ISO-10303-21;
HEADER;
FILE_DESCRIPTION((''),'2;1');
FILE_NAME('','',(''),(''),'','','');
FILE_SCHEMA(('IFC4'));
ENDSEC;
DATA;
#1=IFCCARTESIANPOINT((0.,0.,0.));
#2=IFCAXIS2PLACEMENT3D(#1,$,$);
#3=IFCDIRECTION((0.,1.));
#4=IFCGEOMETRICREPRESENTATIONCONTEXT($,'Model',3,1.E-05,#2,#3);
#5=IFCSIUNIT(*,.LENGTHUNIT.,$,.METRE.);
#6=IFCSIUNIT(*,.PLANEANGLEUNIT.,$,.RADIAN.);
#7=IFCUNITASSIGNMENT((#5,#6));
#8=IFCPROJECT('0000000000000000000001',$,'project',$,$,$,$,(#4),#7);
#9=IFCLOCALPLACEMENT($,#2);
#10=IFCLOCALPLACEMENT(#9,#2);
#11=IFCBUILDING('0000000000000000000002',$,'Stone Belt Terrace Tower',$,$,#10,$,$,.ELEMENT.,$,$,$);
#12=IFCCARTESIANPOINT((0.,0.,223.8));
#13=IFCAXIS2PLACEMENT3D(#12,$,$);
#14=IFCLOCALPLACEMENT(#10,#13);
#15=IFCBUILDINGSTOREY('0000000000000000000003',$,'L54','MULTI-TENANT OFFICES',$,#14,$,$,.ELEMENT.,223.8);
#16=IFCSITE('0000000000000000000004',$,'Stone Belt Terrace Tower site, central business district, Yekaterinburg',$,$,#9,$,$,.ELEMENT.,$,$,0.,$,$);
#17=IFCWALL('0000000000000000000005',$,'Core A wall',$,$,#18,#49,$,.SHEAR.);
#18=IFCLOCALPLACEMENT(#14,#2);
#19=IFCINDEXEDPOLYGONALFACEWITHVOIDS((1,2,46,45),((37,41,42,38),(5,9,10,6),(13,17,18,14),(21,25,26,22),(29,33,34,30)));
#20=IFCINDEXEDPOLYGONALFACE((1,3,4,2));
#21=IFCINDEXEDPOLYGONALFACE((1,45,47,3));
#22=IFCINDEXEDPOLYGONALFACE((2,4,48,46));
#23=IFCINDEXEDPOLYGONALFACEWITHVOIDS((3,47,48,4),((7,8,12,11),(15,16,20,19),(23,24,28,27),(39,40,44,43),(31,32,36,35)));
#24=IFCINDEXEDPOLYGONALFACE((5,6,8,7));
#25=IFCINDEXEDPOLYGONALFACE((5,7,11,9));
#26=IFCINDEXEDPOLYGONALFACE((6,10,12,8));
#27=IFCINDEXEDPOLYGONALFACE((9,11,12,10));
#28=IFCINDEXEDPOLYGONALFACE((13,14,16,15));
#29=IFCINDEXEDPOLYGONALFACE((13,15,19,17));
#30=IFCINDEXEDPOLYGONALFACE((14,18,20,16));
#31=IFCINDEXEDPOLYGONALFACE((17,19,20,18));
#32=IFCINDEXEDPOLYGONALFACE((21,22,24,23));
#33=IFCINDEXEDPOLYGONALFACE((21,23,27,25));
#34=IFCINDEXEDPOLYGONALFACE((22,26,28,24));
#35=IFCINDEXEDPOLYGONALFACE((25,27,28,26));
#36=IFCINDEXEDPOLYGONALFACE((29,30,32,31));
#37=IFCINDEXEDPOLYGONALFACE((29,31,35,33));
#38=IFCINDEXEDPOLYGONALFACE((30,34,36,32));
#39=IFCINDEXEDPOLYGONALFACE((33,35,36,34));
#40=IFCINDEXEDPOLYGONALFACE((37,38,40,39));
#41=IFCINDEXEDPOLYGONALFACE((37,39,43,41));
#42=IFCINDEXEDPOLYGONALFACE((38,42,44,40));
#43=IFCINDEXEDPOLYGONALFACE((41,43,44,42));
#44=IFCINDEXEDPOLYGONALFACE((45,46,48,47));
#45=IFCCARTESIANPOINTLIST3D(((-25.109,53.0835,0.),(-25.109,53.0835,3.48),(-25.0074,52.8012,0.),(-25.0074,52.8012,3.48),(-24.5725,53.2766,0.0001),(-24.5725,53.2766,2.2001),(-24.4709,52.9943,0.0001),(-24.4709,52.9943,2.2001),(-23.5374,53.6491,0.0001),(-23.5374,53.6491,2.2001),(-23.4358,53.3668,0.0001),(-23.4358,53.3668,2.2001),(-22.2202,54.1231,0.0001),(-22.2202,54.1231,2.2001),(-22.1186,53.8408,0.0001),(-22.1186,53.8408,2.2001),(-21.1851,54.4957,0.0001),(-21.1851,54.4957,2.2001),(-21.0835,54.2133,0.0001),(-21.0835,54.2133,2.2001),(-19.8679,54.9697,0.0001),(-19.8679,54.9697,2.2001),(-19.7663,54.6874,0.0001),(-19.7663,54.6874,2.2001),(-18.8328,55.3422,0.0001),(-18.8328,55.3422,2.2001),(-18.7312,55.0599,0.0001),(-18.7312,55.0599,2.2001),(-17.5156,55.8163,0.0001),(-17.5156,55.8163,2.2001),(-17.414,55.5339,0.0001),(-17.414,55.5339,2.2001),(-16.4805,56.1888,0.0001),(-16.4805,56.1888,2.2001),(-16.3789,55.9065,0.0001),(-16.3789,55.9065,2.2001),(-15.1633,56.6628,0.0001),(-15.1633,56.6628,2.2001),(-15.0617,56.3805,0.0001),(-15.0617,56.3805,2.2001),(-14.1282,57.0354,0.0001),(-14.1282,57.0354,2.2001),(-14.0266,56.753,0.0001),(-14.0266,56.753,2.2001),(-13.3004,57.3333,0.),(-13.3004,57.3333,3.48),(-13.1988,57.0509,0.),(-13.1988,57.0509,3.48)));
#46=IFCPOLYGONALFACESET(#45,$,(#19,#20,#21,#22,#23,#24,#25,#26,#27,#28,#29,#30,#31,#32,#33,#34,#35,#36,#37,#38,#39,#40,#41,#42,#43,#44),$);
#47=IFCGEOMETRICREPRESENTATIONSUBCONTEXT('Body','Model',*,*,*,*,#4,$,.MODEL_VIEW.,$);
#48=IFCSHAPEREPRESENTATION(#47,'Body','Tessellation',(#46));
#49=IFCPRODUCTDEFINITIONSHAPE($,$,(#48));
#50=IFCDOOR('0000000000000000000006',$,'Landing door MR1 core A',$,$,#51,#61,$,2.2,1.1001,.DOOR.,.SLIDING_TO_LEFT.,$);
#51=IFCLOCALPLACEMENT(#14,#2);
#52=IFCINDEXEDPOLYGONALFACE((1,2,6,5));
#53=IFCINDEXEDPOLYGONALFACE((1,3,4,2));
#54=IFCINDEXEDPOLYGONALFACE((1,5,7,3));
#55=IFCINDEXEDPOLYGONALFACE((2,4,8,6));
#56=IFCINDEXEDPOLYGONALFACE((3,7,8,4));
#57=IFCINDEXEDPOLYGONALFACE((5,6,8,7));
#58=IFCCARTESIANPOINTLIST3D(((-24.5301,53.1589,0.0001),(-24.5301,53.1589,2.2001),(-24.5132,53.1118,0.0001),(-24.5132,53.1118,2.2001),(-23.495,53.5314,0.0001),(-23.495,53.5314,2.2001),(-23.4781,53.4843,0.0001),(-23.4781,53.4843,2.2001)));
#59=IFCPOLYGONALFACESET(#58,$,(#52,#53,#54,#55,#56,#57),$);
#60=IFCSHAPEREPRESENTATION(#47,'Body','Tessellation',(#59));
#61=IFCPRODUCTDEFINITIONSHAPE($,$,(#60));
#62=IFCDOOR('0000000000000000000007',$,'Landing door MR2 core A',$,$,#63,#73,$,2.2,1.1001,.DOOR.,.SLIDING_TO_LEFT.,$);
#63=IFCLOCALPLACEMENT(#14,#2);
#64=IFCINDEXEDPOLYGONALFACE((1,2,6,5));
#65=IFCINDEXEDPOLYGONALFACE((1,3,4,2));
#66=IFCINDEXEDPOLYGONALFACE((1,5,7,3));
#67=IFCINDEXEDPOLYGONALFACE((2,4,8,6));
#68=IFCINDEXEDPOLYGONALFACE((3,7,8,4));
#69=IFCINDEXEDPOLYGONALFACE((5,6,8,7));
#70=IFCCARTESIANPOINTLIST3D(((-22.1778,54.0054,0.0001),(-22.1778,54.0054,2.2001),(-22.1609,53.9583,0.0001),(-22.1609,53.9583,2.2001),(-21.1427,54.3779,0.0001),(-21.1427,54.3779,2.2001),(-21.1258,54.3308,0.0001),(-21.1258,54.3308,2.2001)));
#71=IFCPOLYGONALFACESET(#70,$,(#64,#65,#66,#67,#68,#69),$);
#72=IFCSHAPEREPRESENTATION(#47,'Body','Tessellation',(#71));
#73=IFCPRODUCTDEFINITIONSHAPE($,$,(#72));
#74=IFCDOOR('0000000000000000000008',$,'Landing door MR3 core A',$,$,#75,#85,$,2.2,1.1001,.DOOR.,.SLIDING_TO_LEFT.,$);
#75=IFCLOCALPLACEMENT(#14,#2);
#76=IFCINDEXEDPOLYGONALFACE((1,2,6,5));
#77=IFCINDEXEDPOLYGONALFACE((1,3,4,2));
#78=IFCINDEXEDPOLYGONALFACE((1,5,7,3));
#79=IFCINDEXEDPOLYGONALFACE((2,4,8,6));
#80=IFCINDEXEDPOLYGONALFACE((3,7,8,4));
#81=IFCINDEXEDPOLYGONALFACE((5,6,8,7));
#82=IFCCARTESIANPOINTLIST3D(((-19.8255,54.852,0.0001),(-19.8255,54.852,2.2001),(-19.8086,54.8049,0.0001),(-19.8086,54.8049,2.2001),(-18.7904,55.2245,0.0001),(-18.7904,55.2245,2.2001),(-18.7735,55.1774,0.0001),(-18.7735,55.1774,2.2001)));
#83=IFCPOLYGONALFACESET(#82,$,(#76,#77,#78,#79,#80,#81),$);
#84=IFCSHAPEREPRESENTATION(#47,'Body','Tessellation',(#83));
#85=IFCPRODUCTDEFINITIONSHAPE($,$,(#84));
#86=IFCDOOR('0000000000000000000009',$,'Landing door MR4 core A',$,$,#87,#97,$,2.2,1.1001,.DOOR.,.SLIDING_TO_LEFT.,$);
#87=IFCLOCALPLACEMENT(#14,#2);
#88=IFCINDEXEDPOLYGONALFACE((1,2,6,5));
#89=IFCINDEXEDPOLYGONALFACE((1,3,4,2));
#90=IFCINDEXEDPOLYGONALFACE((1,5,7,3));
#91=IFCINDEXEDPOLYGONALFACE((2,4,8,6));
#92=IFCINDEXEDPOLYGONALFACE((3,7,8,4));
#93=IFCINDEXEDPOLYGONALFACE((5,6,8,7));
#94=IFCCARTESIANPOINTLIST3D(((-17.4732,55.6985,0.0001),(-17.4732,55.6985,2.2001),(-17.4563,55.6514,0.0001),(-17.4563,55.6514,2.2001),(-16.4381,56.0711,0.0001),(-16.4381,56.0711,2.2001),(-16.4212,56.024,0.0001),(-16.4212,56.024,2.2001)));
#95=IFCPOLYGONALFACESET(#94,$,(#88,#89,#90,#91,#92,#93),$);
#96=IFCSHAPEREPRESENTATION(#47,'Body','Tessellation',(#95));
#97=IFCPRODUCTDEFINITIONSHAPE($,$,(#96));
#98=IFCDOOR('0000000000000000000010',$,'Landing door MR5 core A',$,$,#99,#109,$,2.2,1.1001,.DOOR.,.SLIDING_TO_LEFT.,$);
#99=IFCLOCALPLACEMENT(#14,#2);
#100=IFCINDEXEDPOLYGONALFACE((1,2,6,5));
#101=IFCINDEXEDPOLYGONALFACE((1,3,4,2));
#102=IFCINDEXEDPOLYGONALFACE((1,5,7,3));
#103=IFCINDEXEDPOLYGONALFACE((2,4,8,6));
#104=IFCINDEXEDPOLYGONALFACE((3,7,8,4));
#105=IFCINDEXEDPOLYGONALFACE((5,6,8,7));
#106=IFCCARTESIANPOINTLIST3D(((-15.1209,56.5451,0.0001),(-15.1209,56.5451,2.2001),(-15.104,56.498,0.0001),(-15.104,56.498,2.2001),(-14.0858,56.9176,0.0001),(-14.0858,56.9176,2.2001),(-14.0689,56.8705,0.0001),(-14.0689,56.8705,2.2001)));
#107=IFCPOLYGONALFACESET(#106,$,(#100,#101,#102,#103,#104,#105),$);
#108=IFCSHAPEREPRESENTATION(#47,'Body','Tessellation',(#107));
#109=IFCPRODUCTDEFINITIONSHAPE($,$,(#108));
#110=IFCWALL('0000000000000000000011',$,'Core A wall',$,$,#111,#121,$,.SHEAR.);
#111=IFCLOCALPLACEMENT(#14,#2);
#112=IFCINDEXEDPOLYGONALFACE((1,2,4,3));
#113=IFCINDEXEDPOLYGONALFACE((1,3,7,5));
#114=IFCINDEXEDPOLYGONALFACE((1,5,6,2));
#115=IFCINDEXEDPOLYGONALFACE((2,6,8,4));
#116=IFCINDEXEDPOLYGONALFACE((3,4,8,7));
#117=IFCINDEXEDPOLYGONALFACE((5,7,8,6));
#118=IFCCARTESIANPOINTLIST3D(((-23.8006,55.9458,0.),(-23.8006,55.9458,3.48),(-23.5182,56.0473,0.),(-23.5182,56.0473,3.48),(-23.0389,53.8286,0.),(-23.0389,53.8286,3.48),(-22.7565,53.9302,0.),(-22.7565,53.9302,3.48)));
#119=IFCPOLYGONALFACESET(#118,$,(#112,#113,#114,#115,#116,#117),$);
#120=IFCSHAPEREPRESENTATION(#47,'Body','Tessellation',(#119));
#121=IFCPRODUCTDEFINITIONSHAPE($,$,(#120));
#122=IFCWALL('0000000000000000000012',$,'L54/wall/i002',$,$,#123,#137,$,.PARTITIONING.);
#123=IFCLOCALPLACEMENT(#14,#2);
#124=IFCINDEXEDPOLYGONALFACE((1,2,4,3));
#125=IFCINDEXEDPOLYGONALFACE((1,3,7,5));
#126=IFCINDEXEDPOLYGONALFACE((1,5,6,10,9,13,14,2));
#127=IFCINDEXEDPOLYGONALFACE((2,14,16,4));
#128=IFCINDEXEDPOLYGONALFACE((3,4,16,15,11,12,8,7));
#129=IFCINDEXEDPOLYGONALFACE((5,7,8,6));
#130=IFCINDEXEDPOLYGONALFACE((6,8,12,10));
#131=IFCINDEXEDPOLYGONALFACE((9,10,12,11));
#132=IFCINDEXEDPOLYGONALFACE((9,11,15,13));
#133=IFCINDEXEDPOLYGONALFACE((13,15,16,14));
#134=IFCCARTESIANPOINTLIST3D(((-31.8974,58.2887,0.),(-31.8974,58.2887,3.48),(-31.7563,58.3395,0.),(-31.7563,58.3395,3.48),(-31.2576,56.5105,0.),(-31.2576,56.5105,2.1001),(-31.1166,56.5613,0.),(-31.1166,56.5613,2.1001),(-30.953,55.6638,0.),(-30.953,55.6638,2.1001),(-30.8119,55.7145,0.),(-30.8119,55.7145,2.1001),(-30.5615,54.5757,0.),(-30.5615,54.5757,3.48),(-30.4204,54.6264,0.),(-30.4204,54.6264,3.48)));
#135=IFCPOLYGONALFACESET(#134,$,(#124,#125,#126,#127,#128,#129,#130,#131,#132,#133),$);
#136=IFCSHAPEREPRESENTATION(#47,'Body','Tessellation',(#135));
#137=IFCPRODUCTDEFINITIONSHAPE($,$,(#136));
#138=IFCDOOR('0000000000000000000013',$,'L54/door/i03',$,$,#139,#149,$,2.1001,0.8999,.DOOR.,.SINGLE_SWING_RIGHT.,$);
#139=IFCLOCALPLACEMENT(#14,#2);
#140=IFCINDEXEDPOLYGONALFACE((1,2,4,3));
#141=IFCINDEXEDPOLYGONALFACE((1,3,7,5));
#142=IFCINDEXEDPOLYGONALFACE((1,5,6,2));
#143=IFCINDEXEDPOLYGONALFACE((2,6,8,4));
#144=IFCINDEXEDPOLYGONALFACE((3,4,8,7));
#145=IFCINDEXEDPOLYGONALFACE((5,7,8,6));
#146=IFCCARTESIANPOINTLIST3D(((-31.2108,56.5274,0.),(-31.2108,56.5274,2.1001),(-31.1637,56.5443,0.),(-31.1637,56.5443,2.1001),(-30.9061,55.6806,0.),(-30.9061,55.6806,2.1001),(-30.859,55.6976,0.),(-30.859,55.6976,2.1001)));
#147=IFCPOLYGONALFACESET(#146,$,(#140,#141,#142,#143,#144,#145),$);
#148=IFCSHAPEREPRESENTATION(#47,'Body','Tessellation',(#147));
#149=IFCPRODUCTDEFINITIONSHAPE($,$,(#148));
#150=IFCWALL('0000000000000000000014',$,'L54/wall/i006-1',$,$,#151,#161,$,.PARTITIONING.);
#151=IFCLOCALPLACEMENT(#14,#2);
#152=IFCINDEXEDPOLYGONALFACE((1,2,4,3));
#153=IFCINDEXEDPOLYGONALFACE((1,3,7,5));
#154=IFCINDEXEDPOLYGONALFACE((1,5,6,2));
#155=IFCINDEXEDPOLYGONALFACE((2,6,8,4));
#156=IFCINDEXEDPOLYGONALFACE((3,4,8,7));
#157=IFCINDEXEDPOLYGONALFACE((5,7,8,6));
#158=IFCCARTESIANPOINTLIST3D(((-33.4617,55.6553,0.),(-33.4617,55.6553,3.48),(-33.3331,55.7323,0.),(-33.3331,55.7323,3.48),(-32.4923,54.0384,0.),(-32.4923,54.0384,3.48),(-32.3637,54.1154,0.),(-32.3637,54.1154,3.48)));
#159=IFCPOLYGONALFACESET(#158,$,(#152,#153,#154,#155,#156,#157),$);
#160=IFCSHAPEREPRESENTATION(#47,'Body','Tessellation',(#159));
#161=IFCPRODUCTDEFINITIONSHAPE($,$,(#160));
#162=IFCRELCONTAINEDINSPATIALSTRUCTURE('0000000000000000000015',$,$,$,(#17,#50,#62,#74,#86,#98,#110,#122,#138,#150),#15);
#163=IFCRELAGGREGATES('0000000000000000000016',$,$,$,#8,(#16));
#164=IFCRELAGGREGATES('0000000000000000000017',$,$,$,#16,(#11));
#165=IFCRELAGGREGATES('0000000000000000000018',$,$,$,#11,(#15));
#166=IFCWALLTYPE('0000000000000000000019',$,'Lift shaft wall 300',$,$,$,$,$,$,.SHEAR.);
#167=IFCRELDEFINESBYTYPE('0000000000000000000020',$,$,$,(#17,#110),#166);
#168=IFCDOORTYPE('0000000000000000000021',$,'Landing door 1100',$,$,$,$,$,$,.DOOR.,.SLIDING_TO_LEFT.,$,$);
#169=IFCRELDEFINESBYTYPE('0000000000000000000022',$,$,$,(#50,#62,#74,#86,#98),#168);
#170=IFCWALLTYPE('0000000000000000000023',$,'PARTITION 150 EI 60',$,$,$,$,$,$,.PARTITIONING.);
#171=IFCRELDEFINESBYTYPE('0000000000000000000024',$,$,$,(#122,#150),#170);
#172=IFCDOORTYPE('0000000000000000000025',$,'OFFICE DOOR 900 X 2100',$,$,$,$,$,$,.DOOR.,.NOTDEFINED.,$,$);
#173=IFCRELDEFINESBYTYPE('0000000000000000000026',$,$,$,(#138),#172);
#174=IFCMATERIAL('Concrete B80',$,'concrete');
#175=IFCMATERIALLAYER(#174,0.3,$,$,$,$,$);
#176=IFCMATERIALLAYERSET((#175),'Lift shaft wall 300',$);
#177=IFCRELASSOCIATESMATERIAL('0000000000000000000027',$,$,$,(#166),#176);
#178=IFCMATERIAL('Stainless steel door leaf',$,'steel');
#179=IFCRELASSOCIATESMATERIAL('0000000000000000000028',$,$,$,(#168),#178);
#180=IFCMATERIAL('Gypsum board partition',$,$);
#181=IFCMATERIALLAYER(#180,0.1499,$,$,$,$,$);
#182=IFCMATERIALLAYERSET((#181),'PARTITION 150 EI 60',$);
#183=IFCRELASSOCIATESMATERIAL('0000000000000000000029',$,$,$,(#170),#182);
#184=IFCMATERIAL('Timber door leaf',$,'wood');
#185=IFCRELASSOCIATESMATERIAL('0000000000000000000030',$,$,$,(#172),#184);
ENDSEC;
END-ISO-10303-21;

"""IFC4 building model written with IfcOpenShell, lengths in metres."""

from ifc_helpers import new_model, si_unit, direction, frame, frame_2d, origin, place, context, subcontext, project, spatial, rectangle, extrude, material, layer, layer_set, type_object, element, fill, save


model = new_model("IFC4")

# Units and contexts
model_context = context("Model", 3, precision=1e-05, world=origin(), true_north=direction((0.0, 1.0)))
body_context = subcontext(model_context, "Body", "Model", "MODEL_VIEW")
ifc_project = project(units=[si_unit("LENGTHUNIT", "METRE"), si_unit("PLANEANGLEUNIT", "RADIAN")], contexts=[model_context])

# Site, building, storey
site_placement = place(None, origin())
site = spatial("IfcSite", under=ifc_project, at=site_placement, Name="Stone Belt Terrace Tower site, central business district, Yekaterinburg", CompositionType="ELEMENT", RefElevation=0.0)
building_placement = place(site_placement, origin())
building = spatial("IfcBuilding", under=site, at=building_placement, Name="Stone Belt Terrace Tower", CompositionType="ELEMENT")
storey_placement = place(building_placement, frame((0.0, 0.0, 223.8)))
storey = spatial("IfcBuildingStorey", under=building, at=storey_placement, Name="L54", Description="MULTI-TENANT OFFICES", CompositionType="ELEMENT", Elevation=223.8)

# Shared definitions
ifc_material_1 = material(Name="Timber door leaf", Category="wood")

# Shared definitions
ifc_material_2 = material(Name="Concrete B80", Category="concrete")
ifc_layer_1 = layer(ifc_material_2, 0.3)
ifc_layer_set_1 = layer_set([ifc_layer_1], Name="Lift shaft wall 300")
wall_type_1 = type_object("IfcWallType", Name="Lift shaft wall 300", PredefinedType="SHEAR", material=ifc_layer_set_1)
ifc_material_3 = material(Name="Stainless steel door leaf", Category="steel")

# Wall, openings, doors
wall_1_placement = place(storey_placement, frame((-25.0581, 52.9424, 0.0), z_axis=(0.0, 0.0, 1.0), x_axis=(0.940921, 0.338625, 0.0)))
wall_1 = element("IfcWall", 1, at=wall_1_placement, inside=storey, type_object=wall_type_1, Name="Core A wall", PredefinedType="SHEAR", context=body_context, shape_type="SweptSolid", body=[
    extrude(rectangle(XDim=12.55, YDim=0.3, at=frame_2d((6.2749, 0.0))), origin(), (0.0, 0.0, 1.0), 3.48),
])
opening_1_placement = place(wall_1_placement, frame((0.5701, 0.0, 0.0)))
opening_1 = element("IfcOpeningElement", 2, at=opening_1_placement, cuts=wall_1, PredefinedType="OPENING", context=body_context, shape_type="SweptSolid", body=[
    extrude(rectangle(XDim=1.1001, YDim=2.2, at=frame_2d((0.55, 1.1001))), frame((0.0, 0.1599, 0.0), z_axis=(0.0, -1.0, 0.0), x_axis=(1.0, 0.0, 0.0)), (0.0, 0.0, 1.0), 0.3201),
])
opening_2_placement = place(wall_1_placement, frame((3.0701, 0.0, 0.0)))
opening_2 = element("IfcOpeningElement", 3, at=opening_2_placement, cuts=wall_1, PredefinedType="OPENING", context=body_context, shape_type="SweptSolid", body=[
    extrude(rectangle(XDim=1.1001, YDim=2.2, at=frame_2d((0.55, 1.1001))), frame((0.0, 0.1599, 0.0), z_axis=(0.0, -1.0, 0.0), x_axis=(1.0, 0.0, 0.0)), (0.0, 0.0, 1.0), 0.3201),
])
opening_3_placement = place(wall_1_placement, frame((5.5701, 0.0, 0.0)))
opening_3 = element("IfcOpeningElement", 4, at=opening_3_placement, cuts=wall_1, PredefinedType="OPENING", context=body_context, shape_type="SweptSolid", body=[
    extrude(rectangle(XDim=1.1001, YDim=2.2, at=frame_2d((0.55, 1.1001))), frame((0.0, 0.1599, 0.0), z_axis=(0.0, -1.0, 0.0), x_axis=(1.0, 0.0, 0.0)), (0.0, 0.0, 1.0), 0.3201),
])
opening_4_placement = place(wall_1_placement, frame((8.0701, 0.0, 0.0)))
opening_4 = element("IfcOpeningElement", 5, at=opening_4_placement, cuts=wall_1, PredefinedType="OPENING", context=body_context, shape_type="SweptSolid", body=[
    extrude(rectangle(XDim=1.1001, YDim=2.2, at=frame_2d((0.55, 1.1001))), frame((0.0, 0.1599, 0.0), z_axis=(0.0, -1.0, 0.0), x_axis=(1.0, 0.0, 0.0)), (0.0, 0.0, 1.0), 0.3201),
])
opening_5_placement = place(wall_1_placement, frame((10.5701, 0.0, 0.0)))
opening_5 = element("IfcOpeningElement", 6, at=opening_5_placement, cuts=wall_1, PredefinedType="OPENING", context=body_context, shape_type="SweptSolid", body=[
    extrude(rectangle(XDim=1.1001, YDim=2.2, at=frame_2d((0.55, 1.1001))), frame((0.0, 0.1599, 0.0), z_axis=(0.0, -1.0, 0.0), x_axis=(1.0, 0.0, 0.0)), (0.0, 0.0, 1.0), 0.3201),
])
door_type_1 = type_object("IfcDoorType", Name="Landing door 1100", OperationType="SLIDING_TO_LEFT", PredefinedType="DOOR", material=ifc_material_3)
door_1_placement = place(opening_1_placement, origin())
door_1 = element("IfcDoor", 7, at=door_1_placement, inside=storey, type_object=door_type_1, Name="Landing door MR1 core A", OperationType="SLIDING_TO_LEFT", OverallHeight=2.2, OverallWidth=1.1001, PredefinedType="DOOR", context=body_context, shape_type="SweptSolid", body=[
    extrude(rectangle(XDim=1.1001, YDim=2.2, at=frame_2d((0.55, 1.1001))), frame((0.0, 0.0249, 0.0), z_axis=(0.0, -1.0, 0.0), x_axis=(1.0, 0.0, 0.0)), (0.0, 0.0, 1.0), 0.05),
])
fill(opening_1, door_1)
door_2_placement = place(opening_2_placement, origin())
door_2 = element("IfcDoor", 8, at=door_2_placement, inside=storey, type_object=door_type_1, Name="Landing door MR2 core A", OperationType="SLIDING_TO_LEFT", OverallHeight=2.2, OverallWidth=1.1001, PredefinedType="DOOR", context=body_context, shape_type="SweptSolid", body=[
    extrude(rectangle(XDim=1.1001, YDim=2.2, at=frame_2d((0.55, 1.1001))), frame((0.0, 0.0249, 0.0), z_axis=(0.0, -1.0, 0.0), x_axis=(1.0, 0.0, 0.0)), (0.0, 0.0, 1.0), 0.05),
])
fill(opening_2, door_2)
door_3_placement = place(opening_3_placement, origin())
door_3 = element("IfcDoor", 9, at=door_3_placement, inside=storey, type_object=door_type_1, Name="Landing door MR3 core A", OperationType="SLIDING_TO_LEFT", OverallHeight=2.2, OverallWidth=1.1001, PredefinedType="DOOR", context=body_context, shape_type="SweptSolid", body=[
    extrude(rectangle(XDim=1.1001, YDim=2.2, at=frame_2d((0.55, 1.1001))), frame((0.0, 0.0249, 0.0), z_axis=(0.0, -1.0, 0.0), x_axis=(1.0, 0.0, 0.0)), (0.0, 0.0, 1.0), 0.05),
])
fill(opening_3, door_3)
door_4_placement = place(opening_4_placement, origin())
door_4 = element("IfcDoor", 10, at=door_4_placement, inside=storey, type_object=door_type_1, Name="Landing door MR4 core A", OperationType="SLIDING_TO_LEFT", OverallHeight=2.2, OverallWidth=1.1001, PredefinedType="DOOR", context=body_context, shape_type="SweptSolid", body=[
    extrude(rectangle(XDim=1.1001, YDim=2.2, at=frame_2d((0.55, 1.1001))), frame((0.0, 0.0249, 0.0), z_axis=(0.0, -1.0, 0.0), x_axis=(1.0, 0.0, 0.0)), (0.0, 0.0, 1.0), 0.05),
])
fill(opening_4, door_4)
door_5_placement = place(opening_5_placement, origin())
door_5 = element("IfcDoor", 11, at=door_5_placement, inside=storey, type_object=door_type_1, Name="Landing door MR5 core A", OperationType="SLIDING_TO_LEFT", OverallHeight=2.2, OverallWidth=1.1001, PredefinedType="DOOR", context=body_context, shape_type="SweptSolid", body=[
    extrude(rectangle(XDim=1.1001, YDim=2.2, at=frame_2d((0.55, 1.1001))), frame((0.0, 0.0249, 0.0), z_axis=(0.0, -1.0, 0.0), x_axis=(1.0, 0.0, 0.0)), (0.0, 0.0, 1.0), 0.05),
])
fill(opening_5, door_5)

# Wall
wall_2_placement = place(storey_placement, frame((-22.8977, 53.8794, 0.0), z_axis=(0.0, 0.0, 1.0), x_axis=(-0.338535, 0.940954, 0.0)))
element("IfcWall", 12, at=wall_2_placement, inside=storey, type_object=wall_type_1, Name="Core A wall", PredefinedType="SHEAR", context=body_context, shape_type="SweptSolid", body=[
    extrude(rectangle(XDim=2.25, YDim=0.3, at=frame_2d((1.125, 0.0))), origin(), (0.0, 0.0, 1.0), 3.48),
])

# Wall, opening, door
ifc_material_4 = material(Name="Gypsum board partition")
ifc_layer_2 = layer(ifc_material_4, 0.1499)
ifc_layer_set_2 = layer_set([ifc_layer_2], Name="PARTITION 150 EI 60")
wall_type_2 = type_object("IfcWallType", Name="PARTITION 150 EI 60", PredefinedType="PARTITIONING", material=ifc_layer_set_2)
wall_3_placement = place(storey_placement, frame((-31.8269, 58.3142, 0.0), z_axis=(0.0, 0.0, 1.0), x_axis=(0.338542, -0.940951, 0.0)))
wall_3 = element("IfcWall", 13, at=wall_3_placement, inside=storey, type_object=wall_type_2, Name="L54/wall/i002", PredefinedType="PARTITIONING", context=body_context, shape_type="SweptSolid", body=[
    extrude(rectangle(XDim=3.946, YDim=0.1499, at=frame_2d((1.9731, 0.0))), origin(), (0.0, 0.0, 1.0), 3.48),
])
opening_6_placement = place(wall_3_placement, frame((1.8899, 0.0, 0.0)))
opening_6 = element("IfcOpeningElement", 14, at=opening_6_placement, cuts=wall_3, PredefinedType="OPENING", context=body_context, shape_type="SweptSolid", body=[
    extrude(rectangle(XDim=0.8999, YDim=2.1001, at=frame_2d((0.45, 1.05))), frame((0.0, 0.085, 0.0), z_axis=(0.0, -1.0, 0.0), x_axis=(1.0, 0.0, 0.0)), (0.0, 0.0, 1.0), 0.1699),
])
door_type_2 = type_object("IfcDoorType", Name="OFFICE DOOR 900 X 2100", OperationType="NOTDEFINED", PredefinedType="DOOR", material=ifc_material_1)
door_6_placement = place(opening_6_placement, origin())
door_6 = element("IfcDoor", 15, at=door_6_placement, inside=storey, type_object=door_type_2, Name="L54/door/i03", OperationType="SINGLE_SWING_RIGHT", OverallHeight=2.1001, OverallWidth=0.8999, PredefinedType="DOOR", context=body_context, shape_type="SweptSolid", body=[
    extrude(rectangle(XDim=0.8999, YDim=2.1001, at=frame_2d((0.45, 1.05))), frame((0.0, 0.0249, 0.0), z_axis=(0.0, -1.0, 0.0), x_axis=(1.0, 0.0, 0.0)), (0.0, 0.0, 1.0), 0.05),
])
fill(opening_6, door_6)

# Wall
wall_4_placement = place(storey_placement, frame((-32.428, 54.0769, 0.0), z_axis=(0.0, 0.0, 1.0), x_axis=(-0.514229, 0.857653, 0.0)))
element("IfcWall", 16, at=wall_4_placement, inside=storey, type_object=wall_type_2, Name="L54/wall/i006-1", PredefinedType="PARTITIONING", context=body_context, shape_type="SweptSolid", body=[
    extrude(rectangle(XDim=1.8853, YDim=0.1499, at=frame_2d((0.9426, 0.0))), origin(), (0.0, 0.0, 1.0), 3.48),
])

save(model, "model.ifc")
